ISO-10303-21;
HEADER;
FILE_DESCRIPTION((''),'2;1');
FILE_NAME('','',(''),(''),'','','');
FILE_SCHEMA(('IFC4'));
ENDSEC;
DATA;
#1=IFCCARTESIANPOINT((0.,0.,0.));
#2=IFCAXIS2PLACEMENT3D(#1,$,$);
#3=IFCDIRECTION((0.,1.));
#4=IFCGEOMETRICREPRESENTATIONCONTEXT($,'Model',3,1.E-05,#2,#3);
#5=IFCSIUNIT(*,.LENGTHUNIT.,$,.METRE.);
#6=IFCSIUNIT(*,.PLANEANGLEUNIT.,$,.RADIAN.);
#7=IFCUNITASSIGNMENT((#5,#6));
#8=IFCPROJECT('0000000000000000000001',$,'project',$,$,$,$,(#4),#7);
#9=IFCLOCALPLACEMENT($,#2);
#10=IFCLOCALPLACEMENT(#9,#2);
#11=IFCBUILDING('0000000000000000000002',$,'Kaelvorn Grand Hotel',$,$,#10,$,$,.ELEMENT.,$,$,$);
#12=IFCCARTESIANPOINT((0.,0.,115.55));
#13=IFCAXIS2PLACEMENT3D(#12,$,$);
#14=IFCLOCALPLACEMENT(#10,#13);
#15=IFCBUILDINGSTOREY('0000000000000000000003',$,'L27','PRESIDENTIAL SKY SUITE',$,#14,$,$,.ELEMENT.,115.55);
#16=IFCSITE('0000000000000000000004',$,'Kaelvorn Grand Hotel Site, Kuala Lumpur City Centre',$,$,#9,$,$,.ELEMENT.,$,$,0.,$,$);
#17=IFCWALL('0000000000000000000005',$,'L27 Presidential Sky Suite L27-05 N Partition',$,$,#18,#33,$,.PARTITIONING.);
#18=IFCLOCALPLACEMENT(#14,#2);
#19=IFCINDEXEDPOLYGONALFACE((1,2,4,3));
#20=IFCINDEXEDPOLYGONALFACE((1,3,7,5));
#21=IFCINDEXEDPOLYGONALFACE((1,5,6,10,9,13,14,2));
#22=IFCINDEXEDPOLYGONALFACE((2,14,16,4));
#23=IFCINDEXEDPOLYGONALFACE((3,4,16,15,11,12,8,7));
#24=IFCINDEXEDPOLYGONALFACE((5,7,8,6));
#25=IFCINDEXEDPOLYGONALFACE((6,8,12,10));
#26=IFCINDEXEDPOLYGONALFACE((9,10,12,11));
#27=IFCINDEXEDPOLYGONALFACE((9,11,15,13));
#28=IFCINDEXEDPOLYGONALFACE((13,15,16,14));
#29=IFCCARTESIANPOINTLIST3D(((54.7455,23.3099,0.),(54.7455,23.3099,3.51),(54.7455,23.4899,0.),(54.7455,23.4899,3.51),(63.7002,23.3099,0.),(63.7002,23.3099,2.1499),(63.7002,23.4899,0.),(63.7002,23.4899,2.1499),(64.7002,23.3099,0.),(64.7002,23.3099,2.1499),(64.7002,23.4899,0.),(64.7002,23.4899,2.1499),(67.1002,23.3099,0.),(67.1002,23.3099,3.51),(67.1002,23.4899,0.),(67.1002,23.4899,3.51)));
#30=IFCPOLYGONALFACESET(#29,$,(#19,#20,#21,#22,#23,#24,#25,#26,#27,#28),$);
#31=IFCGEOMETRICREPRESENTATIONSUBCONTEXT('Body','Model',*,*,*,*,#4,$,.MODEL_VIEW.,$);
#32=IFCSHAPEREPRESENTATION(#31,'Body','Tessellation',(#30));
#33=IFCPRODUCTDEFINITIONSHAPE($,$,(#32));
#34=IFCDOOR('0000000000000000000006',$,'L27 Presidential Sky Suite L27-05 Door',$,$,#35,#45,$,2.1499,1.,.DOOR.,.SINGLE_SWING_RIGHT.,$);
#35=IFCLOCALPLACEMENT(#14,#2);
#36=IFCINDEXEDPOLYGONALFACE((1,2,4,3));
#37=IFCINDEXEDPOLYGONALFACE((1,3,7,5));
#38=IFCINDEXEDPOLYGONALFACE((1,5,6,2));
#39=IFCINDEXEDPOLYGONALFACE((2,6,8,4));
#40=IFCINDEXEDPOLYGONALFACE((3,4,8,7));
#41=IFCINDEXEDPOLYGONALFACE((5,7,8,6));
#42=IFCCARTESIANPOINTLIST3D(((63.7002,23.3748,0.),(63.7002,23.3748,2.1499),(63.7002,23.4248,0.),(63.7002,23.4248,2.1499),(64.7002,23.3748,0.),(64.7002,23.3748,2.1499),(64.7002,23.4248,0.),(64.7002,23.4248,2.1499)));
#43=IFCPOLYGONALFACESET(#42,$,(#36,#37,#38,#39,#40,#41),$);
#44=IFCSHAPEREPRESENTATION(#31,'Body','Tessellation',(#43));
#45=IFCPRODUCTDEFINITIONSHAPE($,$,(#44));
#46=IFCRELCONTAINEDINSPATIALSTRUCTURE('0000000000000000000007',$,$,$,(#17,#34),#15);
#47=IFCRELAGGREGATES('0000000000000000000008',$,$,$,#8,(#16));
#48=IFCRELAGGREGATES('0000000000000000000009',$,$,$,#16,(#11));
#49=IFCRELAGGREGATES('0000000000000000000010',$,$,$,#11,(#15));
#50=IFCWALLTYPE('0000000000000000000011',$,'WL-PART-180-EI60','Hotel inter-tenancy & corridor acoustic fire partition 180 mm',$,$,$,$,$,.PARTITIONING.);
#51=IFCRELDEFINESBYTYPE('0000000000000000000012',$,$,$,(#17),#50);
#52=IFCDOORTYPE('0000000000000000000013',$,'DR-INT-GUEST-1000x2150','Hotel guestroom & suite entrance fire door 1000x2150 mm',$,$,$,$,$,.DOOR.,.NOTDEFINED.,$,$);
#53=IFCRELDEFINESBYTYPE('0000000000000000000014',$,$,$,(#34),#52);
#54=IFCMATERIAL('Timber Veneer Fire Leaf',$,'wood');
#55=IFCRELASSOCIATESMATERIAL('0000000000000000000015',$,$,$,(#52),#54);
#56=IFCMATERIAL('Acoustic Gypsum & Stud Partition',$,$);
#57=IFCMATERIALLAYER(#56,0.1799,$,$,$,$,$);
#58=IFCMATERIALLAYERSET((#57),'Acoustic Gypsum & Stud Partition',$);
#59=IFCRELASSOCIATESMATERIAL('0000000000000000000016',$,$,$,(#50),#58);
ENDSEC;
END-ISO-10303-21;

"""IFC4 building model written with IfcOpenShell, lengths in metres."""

from ifc_helpers import new_model, si_unit, direction, frame, frame_2d, origin, place, context, subcontext, project, spatial, rectangle, extrude, material, layer, layer_set, type_object, element, fill, save


model = new_model("IFC4")

# Units and contexts
model_context = context("Model", 3, precision=1e-05, world=origin(), true_north=direction((0.0, 1.0)))
body_context = subcontext(model_context, "Body", "Model", "MODEL_VIEW")
ifc_project = project(units=[si_unit("LENGTHUNIT", "METRE"), si_unit("PLANEANGLEUNIT", "RADIAN")], contexts=[model_context])

# Site, building, storey
site_placement = place(None, origin())
site = spatial("IfcSite", under=ifc_project, at=site_placement, Name="Kaelvorn Grand Hotel Site, Kuala Lumpur City Centre", CompositionType="ELEMENT", RefElevation=0.0)
building_placement = place(site_placement, origin())
building = spatial("IfcBuilding", under=site, at=building_placement, Name="Kaelvorn Grand Hotel", CompositionType="ELEMENT")
storey_placement = place(building_placement, frame((0.0, 0.0, 115.55)))
storey = spatial("IfcBuildingStorey", under=building, at=storey_placement, Name="L27", Description="PRESIDENTIAL SKY SUITE", CompositionType="ELEMENT", Elevation=115.55)

# Shared definitions
ifc_material_1 = material(Name="Acoustic Gypsum & Stud Partition")

# Shared definitions
ifc_material_2 = material(Name="Timber Veneer Fire Leaf", Category="wood")
door_type_1 = type_object("IfcDoorType", Name="DR-INT-GUEST-1000x2150", Description="Hotel guestroom & suite entrance fire door 1000x2150 mm", OperationType="NOTDEFINED", PredefinedType="DOOR", material=ifc_material_2)

# Wall, opening, door
ifc_layer_1 = layer(ifc_material_1, 0.1799)
ifc_layer_set_1 = layer_set([ifc_layer_1], Name="Acoustic Gypsum & Stud Partition")
wall_type_1 = type_object("IfcWallType", Name="WL-PART-180-EI60", Description="Hotel inter-tenancy & corridor acoustic fire partition 180 mm", PredefinedType="PARTITIONING", material=ifc_layer_set_1)
wall_1_placement = place(storey_placement, frame((54.7456, 23.3999, 0.0), z_axis=(0.0, 0.0, 1.0), x_axis=(1.0, 0.0, 0.0)))
wall_1 = element("IfcWall", 1, at=wall_1_placement, inside=storey, type_object=wall_type_1, Name="L27 Presidential Sky Suite L27-05 N Partition", PredefinedType="PARTITIONING", context=body_context, shape_type="SweptSolid", body=[
    extrude(rectangle(XDim=12.3547, YDim=0.1799, at=frame_2d((6.1772, 0.0))), origin(), (0.0, 0.0, 1.0), 3.51),
])
opening_1_placement = place(wall_1_placement, frame((8.9546, 0.0, 0.0)))
opening_1 = element("IfcOpeningElement", 2, at=opening_1_placement, cuts=wall_1, PredefinedType="OPENING", context=body_context, shape_type="SweptSolid", body=[
    extrude(rectangle(XDim=1.0, YDim=2.1499, at=frame_2d((0.5, 1.075))), frame((0.0, 0.1001, 0.0), z_axis=(0.0, -1.0, 0.0), x_axis=(1.0, 0.0, 0.0)), (0.0, 0.0, 1.0), 0.2),
])
door_1_placement = place(opening_1_placement, origin())
door_1 = element("IfcDoor", 3, at=door_1_placement, inside=storey, type_object=door_type_1, Name="L27 Presidential Sky Suite L27-05 Door", OperationType="SINGLE_SWING_RIGHT", OverallHeight=2.1499, OverallWidth=1.0, PredefinedType="DOOR", context=body_context, shape_type="SweptSolid", body=[
    extrude(rectangle(XDim=1.0, YDim=2.1499, at=frame_2d((0.5, 1.075))), frame((0.0, 0.0249, 0.0), z_axis=(0.0, -1.0, 0.0), x_axis=(1.0, 0.0, 0.0)), (0.0, 0.0, 1.0), 0.05),
])
fill(opening_1, door_1)

save(model, "model.ifc")
